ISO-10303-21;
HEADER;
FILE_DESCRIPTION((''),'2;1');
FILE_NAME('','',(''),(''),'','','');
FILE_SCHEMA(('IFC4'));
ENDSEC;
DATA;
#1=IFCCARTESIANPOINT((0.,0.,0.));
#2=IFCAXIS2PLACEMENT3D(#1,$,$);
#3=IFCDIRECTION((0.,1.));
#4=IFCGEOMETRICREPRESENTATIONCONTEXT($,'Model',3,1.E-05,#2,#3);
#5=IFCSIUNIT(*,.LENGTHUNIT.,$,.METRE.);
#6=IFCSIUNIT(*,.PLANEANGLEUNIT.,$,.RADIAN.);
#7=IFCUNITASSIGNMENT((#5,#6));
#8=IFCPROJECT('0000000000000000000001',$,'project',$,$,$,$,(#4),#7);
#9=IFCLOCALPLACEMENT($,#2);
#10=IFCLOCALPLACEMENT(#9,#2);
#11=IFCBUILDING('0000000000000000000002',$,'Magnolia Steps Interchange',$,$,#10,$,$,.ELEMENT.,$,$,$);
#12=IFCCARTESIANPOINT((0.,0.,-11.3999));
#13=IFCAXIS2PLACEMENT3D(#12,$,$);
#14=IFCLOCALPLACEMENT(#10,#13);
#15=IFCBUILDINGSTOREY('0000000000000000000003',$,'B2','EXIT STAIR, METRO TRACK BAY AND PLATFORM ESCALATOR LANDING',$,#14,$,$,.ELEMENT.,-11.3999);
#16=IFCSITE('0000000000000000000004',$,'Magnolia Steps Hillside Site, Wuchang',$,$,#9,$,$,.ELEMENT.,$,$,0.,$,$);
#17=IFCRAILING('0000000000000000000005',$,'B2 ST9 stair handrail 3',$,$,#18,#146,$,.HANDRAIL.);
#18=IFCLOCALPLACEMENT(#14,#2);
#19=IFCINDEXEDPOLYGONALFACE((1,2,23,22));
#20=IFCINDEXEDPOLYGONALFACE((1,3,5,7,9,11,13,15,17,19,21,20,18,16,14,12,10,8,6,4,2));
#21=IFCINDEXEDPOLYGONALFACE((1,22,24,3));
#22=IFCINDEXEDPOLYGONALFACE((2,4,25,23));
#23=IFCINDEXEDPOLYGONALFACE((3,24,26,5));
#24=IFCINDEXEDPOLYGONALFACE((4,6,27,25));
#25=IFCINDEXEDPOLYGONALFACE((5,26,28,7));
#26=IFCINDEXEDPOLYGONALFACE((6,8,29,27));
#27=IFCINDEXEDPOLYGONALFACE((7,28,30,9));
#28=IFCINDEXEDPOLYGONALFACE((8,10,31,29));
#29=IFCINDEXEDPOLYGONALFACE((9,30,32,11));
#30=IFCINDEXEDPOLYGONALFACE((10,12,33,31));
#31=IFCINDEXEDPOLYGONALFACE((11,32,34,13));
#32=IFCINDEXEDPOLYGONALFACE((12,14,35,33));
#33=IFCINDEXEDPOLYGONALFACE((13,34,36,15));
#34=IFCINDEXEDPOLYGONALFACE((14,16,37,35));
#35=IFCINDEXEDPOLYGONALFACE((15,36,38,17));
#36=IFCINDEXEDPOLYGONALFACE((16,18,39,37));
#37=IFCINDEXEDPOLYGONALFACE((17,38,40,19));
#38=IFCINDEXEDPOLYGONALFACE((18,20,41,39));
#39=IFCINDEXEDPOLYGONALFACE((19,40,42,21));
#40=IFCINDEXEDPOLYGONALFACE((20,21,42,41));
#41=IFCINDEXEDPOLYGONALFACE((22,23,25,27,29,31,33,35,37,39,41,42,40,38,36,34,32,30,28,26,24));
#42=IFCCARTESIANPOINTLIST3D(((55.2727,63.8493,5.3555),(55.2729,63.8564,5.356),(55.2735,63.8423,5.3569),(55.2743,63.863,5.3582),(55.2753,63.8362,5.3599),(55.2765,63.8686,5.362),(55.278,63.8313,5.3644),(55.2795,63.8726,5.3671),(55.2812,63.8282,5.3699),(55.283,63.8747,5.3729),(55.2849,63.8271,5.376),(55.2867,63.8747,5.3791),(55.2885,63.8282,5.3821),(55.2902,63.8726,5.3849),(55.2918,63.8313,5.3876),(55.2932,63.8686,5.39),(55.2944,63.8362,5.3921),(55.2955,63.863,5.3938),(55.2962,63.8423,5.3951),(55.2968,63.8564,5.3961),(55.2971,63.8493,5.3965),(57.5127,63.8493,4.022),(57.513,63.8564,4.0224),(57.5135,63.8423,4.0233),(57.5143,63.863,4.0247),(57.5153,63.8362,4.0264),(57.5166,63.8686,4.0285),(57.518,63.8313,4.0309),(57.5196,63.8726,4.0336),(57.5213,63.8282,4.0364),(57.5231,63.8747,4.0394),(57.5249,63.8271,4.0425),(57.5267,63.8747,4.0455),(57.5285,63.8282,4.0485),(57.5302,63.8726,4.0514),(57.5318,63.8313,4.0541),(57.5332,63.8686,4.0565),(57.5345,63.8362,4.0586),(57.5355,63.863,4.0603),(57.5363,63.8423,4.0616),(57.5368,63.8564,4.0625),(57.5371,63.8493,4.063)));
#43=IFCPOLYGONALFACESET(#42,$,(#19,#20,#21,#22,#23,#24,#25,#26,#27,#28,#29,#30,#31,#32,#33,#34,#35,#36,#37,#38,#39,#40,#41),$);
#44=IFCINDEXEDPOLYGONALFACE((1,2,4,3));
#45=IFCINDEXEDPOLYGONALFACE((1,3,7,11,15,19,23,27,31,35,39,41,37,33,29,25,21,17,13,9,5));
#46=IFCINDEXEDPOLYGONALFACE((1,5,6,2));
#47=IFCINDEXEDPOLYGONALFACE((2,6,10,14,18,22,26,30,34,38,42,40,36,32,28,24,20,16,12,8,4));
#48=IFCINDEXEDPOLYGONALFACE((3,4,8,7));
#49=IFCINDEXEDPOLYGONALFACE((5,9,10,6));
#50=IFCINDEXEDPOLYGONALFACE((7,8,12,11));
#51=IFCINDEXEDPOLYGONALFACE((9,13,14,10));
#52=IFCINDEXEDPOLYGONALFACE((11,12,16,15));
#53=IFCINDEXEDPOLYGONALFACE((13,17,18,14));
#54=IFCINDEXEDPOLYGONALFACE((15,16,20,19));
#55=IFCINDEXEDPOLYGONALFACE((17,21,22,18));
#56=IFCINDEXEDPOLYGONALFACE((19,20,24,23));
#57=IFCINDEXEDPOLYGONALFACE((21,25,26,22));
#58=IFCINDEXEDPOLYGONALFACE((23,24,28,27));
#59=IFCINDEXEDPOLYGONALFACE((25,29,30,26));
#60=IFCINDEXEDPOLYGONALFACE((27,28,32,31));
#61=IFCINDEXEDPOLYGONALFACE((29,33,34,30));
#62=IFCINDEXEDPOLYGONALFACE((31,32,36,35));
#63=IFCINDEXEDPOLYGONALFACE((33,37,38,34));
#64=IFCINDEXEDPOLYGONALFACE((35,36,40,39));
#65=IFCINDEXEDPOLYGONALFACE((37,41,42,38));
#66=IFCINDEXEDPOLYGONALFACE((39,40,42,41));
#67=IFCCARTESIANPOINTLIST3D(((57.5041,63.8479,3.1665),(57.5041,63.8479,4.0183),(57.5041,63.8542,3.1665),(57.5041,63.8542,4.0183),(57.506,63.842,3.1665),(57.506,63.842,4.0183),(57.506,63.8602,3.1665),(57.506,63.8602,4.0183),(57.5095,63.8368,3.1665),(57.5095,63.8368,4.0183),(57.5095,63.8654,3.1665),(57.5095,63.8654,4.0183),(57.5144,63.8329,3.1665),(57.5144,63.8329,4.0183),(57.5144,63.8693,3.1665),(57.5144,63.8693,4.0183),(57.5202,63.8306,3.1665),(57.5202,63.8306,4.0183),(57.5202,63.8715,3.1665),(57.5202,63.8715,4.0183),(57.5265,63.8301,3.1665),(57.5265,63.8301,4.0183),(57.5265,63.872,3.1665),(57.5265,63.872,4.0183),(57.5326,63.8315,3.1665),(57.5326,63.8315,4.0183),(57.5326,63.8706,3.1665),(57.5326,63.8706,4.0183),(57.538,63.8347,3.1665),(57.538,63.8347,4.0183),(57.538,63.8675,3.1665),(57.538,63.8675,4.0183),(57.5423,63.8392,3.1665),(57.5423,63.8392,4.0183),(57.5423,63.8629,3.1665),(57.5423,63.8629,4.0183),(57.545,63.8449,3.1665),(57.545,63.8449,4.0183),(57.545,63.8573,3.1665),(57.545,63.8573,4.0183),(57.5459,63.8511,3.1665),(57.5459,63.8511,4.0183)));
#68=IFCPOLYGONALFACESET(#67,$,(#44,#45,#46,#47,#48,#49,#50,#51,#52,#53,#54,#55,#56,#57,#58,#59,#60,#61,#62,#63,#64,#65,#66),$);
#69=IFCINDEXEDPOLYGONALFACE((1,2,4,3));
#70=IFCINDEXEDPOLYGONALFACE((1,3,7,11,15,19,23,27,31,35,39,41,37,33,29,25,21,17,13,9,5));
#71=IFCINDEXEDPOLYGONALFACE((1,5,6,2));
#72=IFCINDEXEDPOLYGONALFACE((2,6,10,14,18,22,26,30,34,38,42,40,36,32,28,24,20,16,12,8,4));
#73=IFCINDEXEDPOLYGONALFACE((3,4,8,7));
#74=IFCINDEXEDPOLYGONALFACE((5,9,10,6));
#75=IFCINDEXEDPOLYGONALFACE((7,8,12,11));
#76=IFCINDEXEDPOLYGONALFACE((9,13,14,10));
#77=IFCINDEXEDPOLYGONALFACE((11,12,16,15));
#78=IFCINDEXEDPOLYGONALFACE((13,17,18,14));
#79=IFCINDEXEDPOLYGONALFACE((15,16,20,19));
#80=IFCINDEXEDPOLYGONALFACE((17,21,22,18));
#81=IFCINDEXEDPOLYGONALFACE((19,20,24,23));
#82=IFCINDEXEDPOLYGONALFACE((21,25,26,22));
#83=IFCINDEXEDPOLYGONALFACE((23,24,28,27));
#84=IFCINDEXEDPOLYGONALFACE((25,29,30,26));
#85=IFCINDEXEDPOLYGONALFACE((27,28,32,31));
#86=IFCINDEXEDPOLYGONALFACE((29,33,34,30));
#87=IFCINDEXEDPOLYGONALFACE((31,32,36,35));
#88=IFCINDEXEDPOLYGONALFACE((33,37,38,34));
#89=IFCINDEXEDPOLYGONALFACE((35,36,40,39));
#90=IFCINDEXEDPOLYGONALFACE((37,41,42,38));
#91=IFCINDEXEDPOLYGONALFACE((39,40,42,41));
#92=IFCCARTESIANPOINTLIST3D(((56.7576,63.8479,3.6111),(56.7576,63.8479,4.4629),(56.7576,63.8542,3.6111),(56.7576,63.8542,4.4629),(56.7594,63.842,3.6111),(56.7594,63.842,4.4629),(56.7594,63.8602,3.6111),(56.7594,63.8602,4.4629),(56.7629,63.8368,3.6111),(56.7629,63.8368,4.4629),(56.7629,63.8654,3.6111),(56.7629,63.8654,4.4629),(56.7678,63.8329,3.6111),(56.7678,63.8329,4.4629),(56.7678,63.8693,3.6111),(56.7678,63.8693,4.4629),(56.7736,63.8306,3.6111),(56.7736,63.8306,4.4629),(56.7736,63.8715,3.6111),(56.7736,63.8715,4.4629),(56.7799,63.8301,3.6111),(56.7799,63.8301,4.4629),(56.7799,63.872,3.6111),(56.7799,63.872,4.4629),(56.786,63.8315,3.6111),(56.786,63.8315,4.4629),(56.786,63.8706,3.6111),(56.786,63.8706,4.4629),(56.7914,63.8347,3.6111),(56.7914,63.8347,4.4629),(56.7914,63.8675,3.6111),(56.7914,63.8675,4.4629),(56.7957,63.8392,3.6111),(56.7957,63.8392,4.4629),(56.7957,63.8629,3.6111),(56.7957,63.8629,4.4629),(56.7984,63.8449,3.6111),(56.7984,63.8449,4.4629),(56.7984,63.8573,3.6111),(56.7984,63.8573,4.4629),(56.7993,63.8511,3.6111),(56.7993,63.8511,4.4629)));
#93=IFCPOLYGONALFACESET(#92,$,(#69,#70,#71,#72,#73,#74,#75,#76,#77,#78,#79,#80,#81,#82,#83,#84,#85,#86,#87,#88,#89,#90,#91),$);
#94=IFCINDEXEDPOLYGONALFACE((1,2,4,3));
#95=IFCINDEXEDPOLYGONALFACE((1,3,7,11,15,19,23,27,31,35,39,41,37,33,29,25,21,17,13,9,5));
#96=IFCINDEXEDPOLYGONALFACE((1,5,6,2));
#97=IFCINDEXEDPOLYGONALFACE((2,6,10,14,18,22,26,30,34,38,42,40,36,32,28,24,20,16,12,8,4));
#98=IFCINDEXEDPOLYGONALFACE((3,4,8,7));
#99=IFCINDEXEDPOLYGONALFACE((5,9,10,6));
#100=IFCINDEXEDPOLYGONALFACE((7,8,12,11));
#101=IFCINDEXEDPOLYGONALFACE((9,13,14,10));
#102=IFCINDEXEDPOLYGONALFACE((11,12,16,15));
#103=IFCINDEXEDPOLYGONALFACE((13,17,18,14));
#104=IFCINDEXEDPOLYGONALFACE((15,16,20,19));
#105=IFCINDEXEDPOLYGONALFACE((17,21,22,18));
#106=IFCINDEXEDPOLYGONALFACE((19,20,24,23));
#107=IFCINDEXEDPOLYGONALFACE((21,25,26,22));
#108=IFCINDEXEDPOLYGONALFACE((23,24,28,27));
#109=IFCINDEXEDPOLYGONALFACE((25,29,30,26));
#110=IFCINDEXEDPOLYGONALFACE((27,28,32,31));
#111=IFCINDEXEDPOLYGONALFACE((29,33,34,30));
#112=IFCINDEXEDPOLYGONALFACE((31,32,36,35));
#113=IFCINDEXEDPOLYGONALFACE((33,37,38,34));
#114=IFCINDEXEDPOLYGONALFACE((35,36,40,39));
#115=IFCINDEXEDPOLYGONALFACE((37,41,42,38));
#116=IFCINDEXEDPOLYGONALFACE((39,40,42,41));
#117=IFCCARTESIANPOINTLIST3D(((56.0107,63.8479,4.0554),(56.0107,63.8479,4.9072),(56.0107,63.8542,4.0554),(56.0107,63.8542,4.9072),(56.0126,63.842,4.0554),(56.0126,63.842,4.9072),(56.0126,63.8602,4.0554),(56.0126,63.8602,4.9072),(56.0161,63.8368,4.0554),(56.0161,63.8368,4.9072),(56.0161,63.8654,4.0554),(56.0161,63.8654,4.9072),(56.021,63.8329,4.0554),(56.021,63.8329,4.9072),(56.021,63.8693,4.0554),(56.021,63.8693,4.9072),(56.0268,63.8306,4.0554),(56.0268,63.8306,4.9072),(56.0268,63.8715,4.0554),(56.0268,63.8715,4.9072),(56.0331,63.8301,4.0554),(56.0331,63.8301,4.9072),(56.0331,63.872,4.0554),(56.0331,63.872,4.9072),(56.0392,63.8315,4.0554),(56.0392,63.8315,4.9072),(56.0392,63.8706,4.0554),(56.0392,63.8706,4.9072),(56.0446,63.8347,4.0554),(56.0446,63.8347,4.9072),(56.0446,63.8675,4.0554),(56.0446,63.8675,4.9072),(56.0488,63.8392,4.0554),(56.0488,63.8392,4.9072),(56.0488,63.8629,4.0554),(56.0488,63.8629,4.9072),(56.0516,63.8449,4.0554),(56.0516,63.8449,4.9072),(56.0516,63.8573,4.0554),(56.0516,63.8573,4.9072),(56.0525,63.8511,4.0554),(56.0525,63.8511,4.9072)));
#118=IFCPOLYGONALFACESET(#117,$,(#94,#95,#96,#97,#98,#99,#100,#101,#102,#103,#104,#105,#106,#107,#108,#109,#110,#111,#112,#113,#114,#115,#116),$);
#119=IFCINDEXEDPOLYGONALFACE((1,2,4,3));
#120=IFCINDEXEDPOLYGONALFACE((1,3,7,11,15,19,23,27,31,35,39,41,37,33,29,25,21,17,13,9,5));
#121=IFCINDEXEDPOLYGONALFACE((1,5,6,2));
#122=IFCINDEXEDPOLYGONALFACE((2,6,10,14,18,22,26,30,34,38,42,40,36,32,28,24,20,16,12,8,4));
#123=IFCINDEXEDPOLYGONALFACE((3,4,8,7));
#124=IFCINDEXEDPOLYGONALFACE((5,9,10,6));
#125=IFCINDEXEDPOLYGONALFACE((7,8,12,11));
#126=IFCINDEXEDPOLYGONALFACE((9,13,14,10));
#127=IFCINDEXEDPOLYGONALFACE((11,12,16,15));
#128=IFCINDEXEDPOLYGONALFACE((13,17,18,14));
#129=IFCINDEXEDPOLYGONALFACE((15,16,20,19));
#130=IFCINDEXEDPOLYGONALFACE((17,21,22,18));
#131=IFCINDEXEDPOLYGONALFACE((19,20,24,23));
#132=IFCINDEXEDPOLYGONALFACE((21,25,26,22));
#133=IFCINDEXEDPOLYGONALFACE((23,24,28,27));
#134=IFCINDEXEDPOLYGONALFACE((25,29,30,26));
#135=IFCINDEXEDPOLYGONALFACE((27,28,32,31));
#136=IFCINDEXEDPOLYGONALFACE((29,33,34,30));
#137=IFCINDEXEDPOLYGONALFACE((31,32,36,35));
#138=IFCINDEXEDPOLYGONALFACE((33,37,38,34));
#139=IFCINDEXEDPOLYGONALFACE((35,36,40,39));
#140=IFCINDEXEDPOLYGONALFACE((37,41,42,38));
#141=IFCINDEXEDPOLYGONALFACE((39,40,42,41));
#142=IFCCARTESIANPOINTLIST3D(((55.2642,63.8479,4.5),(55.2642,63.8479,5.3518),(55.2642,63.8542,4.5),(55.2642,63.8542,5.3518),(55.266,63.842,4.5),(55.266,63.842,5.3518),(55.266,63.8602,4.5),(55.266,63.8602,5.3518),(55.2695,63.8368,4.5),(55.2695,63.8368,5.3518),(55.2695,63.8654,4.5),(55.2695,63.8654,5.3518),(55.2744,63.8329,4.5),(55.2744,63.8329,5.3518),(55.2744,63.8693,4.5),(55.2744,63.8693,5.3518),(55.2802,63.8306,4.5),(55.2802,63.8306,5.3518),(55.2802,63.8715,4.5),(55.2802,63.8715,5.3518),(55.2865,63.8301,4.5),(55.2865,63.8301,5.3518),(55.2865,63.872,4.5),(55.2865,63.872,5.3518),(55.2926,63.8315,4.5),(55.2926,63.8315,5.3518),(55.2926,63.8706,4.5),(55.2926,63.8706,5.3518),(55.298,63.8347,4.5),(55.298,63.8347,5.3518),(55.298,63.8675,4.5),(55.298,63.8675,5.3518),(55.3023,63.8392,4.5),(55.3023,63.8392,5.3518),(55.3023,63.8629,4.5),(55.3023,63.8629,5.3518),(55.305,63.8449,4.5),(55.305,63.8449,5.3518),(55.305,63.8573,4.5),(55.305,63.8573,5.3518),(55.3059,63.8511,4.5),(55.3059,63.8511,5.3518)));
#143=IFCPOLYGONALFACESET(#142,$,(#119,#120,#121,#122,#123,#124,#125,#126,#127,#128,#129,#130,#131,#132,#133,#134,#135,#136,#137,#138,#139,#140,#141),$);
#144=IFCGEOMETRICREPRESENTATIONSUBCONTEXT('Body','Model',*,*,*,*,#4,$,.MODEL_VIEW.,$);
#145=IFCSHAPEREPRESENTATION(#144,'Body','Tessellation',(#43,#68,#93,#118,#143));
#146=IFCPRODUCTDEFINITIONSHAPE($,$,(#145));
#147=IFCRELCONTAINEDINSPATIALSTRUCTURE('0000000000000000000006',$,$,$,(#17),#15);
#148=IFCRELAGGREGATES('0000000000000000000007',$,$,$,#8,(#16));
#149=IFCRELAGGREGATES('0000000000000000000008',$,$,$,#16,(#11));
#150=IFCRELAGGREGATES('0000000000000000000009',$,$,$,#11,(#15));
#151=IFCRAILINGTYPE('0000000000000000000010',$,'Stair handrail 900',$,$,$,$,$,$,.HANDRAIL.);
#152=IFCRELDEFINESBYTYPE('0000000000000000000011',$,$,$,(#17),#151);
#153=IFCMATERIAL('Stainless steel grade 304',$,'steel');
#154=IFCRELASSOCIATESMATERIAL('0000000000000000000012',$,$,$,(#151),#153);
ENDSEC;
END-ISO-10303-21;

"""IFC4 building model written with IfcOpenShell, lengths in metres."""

from ifc_helpers import new_model, si_unit, direction, frame, origin, origin_2d, place, context, subcontext, project, spatial, circle, extrude, material, type_object, element, save


model = new_model("IFC4")

# Units and contexts
model_context = context("Model", 3, precision=1e-05, world=origin(), true_north=direction((0.0, 1.0)))
body_context = subcontext(model_context, "Body", "Model", "MODEL_VIEW")
ifc_project = project(units=[si_unit("LENGTHUNIT", "METRE"), si_unit("PLANEANGLEUNIT", "RADIAN")], contexts=[model_context])

# Site, building, storey
site_placement = place(None, origin())
site = spatial("IfcSite", under=ifc_project, at=site_placement, Name="Magnolia Steps Hillside Site, Wuchang", CompositionType="ELEMENT", RefElevation=0.0)
building_placement = place(site_placement, origin())
building = spatial("IfcBuilding", under=site, at=building_placement, Name="Magnolia Steps Interchange", CompositionType="ELEMENT")
storey_placement = place(building_placement, frame((0.0, 0.0, -11.3999)))
storey = spatial("IfcBuildingStorey", under=building, at=storey_placement, Name="B2", Description="EXIT STAIR, METRO TRACK BAY AND PLATFORM ESCALATOR LANDING", CompositionType="ELEMENT", Elevation=-11.3999)

# Railing
ifc_material_1 = material(Name="Stainless steel grade 304", Category="steel")
railing_type_1 = type_object("IfcRailingType", Name="Stair handrail 900", PredefinedType="HANDRAIL", material=ifc_material_1)
railing_1_placement = place(storey_placement, frame((57.5249, 63.8511, 3.1665)))
element("IfcRailing", 1, at=railing_1_placement, inside=storey, type_object=railing_type_1, Name="B2 ST9 stair handrail 3", PredefinedType="HANDRAIL", context=body_context, shape_type="SweptSolid", body=[
    extrude(circle(Radius=0.0239, at=origin_2d()), frame((0.0, 0.0, 0.876), z_axis=(-0.859264, 0.0, 0.511532), x_axis=(0.0, -1.0, 0.0)), (0.0, 0.0, 1.0), 2.6069),
    extrude(circle(Radius=0.021, at=origin_2d()), origin(), (0.0, 0.0, 1.0), 0.8518),
    extrude(circle(Radius=0.021, at=origin_2d()), frame((-0.7466, 0.0, 0.4446)), (0.0, 0.0, 1.0), 0.8518),
    extrude(circle(Radius=0.021, at=origin_2d()), frame((-1.4934, 0.0, 0.8889)), (0.0, 0.0, 1.0), 0.8518),
    extrude(circle(Radius=0.021, at=origin_2d()), frame((-2.24, 0.0, 1.3335)), (0.0, 0.0, 1.0), 0.8518),
])

save(model, "model.ifc")
